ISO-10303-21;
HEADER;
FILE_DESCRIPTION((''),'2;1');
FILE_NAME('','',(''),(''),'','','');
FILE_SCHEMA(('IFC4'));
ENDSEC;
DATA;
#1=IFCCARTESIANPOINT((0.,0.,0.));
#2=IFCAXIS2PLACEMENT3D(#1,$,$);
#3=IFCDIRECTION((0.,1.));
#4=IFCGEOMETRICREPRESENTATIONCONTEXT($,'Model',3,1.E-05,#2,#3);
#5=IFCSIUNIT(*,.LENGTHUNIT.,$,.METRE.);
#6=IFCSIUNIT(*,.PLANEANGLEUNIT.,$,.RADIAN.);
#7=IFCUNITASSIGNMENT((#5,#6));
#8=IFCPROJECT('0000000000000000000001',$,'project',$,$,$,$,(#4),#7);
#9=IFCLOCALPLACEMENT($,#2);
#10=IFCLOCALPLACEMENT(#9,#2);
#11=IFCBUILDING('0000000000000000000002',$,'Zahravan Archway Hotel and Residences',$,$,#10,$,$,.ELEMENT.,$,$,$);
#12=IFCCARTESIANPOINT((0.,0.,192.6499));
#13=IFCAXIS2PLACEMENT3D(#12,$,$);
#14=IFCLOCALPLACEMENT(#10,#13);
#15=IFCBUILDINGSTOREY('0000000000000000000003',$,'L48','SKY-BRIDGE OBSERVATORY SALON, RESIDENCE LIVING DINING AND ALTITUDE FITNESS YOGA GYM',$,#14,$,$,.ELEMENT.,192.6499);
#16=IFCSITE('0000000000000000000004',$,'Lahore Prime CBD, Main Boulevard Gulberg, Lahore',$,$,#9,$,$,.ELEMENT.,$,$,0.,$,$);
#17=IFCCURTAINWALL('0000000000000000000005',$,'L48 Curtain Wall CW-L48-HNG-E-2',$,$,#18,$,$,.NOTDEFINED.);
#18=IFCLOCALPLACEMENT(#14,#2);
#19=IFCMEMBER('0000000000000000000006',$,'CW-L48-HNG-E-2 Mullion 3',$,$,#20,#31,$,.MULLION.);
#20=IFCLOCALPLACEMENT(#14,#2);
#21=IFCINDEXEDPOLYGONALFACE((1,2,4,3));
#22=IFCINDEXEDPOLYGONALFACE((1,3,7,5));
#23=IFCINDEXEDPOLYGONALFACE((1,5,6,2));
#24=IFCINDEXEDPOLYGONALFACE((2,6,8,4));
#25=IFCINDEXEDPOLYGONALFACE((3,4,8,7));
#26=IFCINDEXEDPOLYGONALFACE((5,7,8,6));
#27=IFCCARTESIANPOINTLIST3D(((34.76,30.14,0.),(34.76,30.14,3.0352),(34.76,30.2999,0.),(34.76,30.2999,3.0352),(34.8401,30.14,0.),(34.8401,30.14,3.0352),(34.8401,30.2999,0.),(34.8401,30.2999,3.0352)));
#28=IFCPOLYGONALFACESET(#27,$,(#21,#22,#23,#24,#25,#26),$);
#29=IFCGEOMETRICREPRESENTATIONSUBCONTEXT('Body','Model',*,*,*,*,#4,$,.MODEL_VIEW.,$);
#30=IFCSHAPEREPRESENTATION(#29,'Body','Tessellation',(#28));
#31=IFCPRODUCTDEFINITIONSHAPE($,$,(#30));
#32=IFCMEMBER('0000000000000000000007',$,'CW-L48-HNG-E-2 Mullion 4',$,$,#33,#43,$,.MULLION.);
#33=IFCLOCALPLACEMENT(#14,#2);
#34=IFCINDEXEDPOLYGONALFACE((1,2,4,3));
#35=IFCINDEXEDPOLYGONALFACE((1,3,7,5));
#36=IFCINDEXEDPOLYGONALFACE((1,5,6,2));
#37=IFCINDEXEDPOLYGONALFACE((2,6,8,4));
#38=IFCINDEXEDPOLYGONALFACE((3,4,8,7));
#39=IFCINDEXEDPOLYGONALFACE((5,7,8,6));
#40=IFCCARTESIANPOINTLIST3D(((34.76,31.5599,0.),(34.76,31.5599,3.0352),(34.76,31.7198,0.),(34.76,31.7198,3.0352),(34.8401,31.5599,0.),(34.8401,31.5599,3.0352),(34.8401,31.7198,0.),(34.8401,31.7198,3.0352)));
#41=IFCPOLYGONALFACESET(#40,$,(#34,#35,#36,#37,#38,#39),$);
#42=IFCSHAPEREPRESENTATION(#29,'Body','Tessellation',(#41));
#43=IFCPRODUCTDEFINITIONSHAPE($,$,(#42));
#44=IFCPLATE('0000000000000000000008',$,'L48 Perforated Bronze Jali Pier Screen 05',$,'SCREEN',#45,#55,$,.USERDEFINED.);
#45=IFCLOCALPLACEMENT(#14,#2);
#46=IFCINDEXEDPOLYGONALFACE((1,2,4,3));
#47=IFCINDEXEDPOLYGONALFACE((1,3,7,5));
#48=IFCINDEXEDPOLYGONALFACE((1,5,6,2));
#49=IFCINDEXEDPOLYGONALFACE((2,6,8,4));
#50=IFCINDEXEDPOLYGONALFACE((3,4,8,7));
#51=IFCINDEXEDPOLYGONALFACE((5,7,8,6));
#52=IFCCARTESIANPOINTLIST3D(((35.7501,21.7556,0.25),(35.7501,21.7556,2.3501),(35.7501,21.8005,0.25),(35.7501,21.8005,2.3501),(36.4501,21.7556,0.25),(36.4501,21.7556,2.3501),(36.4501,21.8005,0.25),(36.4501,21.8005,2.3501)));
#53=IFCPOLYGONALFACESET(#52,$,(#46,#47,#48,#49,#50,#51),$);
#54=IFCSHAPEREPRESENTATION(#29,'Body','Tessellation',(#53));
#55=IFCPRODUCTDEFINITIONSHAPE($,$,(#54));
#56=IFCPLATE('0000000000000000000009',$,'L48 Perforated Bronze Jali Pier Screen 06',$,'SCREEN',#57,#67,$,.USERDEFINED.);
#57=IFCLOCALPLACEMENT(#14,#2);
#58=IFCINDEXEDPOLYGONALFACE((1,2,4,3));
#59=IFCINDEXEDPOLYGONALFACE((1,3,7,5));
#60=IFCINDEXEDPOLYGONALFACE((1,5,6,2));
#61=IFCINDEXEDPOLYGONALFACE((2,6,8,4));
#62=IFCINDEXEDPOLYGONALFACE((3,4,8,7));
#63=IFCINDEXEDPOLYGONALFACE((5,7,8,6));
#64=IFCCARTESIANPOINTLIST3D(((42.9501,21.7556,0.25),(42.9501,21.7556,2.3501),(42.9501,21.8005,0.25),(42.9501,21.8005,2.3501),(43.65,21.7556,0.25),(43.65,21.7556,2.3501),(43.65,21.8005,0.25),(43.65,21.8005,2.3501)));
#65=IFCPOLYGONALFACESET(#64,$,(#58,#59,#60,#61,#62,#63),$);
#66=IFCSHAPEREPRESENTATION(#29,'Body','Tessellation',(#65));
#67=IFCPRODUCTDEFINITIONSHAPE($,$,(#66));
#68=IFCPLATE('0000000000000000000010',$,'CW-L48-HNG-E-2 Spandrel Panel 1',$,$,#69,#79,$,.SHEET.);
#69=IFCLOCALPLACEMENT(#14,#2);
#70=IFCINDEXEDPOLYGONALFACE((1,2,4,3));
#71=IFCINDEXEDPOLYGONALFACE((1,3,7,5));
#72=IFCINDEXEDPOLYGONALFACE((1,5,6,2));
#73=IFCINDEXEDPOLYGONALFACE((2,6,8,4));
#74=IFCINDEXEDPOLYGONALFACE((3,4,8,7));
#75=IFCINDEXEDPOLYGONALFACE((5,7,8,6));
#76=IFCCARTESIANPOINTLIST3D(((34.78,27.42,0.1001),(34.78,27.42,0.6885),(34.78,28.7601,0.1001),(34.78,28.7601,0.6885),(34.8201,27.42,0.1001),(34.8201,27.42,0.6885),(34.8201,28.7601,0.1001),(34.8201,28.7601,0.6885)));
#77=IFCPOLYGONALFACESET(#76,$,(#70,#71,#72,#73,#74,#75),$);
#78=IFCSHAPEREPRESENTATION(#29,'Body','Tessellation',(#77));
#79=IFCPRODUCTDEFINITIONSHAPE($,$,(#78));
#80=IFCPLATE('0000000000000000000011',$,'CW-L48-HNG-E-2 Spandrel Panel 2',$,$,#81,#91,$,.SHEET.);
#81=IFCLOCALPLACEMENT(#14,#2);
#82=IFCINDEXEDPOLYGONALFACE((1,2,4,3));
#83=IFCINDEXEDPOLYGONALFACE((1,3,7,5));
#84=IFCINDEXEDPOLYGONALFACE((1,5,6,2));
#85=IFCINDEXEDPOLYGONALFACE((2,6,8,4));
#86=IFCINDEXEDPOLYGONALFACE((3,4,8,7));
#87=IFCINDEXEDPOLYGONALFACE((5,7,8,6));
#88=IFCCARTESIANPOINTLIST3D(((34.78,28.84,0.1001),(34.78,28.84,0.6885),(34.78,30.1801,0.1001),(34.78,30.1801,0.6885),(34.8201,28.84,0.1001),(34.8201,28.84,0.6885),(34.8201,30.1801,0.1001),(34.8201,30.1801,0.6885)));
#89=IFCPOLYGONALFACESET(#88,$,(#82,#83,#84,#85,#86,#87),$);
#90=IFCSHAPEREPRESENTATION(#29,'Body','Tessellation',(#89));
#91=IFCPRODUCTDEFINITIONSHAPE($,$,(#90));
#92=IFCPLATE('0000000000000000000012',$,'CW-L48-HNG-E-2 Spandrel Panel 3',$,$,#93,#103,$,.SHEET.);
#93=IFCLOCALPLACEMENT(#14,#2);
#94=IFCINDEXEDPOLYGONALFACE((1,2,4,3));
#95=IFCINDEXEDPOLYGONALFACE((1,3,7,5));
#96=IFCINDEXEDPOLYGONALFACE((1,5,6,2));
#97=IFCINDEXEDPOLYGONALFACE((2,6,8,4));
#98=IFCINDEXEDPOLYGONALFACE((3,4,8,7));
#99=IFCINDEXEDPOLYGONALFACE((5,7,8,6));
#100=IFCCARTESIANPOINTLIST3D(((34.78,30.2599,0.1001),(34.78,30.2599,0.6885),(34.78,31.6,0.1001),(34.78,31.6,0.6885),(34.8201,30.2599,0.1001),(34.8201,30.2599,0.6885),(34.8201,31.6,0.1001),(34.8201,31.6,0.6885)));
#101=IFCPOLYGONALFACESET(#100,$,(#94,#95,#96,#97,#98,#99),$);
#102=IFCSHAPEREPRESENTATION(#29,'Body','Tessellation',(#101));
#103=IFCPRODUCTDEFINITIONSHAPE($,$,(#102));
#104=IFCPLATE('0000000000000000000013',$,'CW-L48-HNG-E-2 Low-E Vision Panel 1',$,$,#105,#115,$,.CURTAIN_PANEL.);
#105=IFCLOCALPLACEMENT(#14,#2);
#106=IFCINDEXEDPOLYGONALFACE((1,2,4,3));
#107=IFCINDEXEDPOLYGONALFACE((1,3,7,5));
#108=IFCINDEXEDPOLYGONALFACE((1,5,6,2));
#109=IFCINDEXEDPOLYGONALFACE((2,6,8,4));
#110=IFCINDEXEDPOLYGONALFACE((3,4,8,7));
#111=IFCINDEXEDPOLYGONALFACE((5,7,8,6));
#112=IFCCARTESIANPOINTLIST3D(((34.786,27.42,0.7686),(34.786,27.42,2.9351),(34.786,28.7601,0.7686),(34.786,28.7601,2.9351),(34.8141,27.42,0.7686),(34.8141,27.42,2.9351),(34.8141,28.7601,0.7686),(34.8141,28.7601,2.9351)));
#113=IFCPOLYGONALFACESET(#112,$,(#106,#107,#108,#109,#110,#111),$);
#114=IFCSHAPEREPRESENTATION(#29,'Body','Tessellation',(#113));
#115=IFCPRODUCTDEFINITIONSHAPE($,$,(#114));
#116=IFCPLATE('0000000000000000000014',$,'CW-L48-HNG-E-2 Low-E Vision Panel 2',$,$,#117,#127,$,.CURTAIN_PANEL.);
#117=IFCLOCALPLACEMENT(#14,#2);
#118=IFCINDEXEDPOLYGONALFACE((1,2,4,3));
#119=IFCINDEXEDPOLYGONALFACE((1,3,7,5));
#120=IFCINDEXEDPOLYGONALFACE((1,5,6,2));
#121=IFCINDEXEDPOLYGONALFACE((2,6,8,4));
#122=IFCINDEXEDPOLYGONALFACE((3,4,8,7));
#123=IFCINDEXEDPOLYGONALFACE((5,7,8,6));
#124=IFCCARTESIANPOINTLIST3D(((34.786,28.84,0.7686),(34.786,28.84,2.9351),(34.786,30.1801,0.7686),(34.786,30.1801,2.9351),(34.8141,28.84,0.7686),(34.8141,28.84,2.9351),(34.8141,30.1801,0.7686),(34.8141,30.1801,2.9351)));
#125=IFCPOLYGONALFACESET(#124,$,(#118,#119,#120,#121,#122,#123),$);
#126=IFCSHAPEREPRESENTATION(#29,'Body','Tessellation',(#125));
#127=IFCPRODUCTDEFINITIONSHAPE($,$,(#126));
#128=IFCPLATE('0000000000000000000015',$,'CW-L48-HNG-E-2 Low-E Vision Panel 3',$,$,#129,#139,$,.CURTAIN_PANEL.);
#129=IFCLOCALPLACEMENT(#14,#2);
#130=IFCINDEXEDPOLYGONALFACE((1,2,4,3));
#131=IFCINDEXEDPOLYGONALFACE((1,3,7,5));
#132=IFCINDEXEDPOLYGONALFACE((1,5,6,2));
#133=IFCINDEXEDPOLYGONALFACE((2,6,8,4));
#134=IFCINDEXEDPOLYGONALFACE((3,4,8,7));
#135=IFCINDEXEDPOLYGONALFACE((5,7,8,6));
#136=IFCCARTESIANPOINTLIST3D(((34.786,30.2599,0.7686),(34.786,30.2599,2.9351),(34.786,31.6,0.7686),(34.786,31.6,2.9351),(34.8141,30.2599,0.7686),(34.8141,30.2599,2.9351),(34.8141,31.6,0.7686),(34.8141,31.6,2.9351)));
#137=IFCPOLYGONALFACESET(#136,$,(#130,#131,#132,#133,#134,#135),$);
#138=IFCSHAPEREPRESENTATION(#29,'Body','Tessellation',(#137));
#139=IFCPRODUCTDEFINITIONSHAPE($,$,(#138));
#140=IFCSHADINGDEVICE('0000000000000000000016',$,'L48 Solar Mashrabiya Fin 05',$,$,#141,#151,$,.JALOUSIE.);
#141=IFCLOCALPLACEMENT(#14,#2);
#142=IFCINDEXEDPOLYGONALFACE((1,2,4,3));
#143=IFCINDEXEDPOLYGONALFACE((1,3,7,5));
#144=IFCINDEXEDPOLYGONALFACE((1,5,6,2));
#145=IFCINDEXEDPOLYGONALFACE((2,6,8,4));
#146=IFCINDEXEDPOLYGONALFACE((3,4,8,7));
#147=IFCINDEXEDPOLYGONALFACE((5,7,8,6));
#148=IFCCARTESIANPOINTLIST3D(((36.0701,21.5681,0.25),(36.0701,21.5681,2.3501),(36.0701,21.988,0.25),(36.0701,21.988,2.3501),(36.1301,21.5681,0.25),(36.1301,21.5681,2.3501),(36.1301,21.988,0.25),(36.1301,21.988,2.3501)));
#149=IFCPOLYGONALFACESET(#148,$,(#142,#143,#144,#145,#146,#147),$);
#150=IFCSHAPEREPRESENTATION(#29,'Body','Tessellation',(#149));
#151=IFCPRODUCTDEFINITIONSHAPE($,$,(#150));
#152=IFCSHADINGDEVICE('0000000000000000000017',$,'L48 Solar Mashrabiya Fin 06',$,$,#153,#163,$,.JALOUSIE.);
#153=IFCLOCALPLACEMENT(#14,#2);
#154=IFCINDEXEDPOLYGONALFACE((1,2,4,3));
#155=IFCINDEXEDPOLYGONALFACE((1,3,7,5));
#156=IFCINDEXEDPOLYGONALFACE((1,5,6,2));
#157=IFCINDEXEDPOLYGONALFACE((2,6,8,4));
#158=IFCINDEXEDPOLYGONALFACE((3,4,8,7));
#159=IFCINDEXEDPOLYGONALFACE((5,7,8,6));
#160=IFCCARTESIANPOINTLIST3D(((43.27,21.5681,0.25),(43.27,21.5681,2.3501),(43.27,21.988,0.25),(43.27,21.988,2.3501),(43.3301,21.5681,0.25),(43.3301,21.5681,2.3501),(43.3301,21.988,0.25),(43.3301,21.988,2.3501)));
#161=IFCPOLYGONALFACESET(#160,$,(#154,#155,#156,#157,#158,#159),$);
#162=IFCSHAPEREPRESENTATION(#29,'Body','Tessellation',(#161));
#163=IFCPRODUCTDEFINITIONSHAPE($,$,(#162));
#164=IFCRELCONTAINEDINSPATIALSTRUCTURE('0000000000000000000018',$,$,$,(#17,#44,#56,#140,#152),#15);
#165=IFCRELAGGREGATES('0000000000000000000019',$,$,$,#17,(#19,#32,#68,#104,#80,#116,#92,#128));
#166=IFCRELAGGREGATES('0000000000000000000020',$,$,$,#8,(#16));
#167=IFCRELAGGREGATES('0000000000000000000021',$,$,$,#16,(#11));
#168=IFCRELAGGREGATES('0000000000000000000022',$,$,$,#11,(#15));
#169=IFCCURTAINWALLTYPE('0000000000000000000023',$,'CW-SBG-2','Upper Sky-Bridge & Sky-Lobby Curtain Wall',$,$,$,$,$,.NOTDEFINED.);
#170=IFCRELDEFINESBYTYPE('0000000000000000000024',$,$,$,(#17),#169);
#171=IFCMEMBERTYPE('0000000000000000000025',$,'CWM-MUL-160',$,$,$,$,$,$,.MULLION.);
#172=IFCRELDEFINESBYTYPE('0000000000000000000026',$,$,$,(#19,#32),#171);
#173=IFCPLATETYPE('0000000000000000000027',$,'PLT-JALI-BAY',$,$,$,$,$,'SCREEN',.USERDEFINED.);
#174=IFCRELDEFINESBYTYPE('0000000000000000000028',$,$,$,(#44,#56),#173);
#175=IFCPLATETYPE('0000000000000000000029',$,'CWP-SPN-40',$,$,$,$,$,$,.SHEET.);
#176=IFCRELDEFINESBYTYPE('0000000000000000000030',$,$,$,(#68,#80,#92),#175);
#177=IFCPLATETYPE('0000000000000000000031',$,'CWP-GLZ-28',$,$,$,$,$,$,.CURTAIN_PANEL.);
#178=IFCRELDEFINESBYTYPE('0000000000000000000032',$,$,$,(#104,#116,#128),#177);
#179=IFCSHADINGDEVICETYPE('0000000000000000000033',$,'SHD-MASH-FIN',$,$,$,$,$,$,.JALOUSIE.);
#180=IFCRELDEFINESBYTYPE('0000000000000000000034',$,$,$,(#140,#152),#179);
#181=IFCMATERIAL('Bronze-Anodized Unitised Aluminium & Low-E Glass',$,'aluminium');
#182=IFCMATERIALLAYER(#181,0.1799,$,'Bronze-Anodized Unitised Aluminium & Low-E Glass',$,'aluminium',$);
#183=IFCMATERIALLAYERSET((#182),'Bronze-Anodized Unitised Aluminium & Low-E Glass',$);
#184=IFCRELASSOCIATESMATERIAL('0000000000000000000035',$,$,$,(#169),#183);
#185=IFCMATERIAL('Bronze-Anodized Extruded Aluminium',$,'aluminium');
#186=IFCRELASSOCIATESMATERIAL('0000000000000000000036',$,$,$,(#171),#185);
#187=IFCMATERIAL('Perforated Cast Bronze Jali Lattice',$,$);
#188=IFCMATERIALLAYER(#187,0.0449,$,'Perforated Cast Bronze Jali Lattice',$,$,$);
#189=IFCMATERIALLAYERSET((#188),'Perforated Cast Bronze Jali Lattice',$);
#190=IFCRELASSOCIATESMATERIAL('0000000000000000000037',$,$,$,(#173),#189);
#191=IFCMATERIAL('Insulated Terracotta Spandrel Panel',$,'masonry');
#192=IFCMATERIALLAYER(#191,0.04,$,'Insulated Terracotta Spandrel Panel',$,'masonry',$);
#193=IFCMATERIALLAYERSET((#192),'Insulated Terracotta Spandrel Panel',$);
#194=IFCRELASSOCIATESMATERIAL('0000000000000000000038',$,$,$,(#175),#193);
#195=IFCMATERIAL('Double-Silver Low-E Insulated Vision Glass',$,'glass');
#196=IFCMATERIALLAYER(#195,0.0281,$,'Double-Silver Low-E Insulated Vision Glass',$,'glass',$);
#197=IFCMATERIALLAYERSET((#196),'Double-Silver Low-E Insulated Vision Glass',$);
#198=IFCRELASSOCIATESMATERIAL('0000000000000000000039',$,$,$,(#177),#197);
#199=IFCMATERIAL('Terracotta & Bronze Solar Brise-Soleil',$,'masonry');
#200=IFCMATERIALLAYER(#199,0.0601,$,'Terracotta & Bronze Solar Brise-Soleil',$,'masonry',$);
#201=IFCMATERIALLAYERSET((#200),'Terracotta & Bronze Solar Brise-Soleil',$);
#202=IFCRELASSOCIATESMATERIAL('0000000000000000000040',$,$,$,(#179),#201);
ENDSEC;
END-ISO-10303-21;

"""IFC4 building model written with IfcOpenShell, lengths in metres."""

from ifc_helpers import new_model, si_unit, direction, frame, origin, origin_2d, place, context, subcontext, project, spatial, rectangle, extrude, source, transform, mapped, material, layer, layer_set, material_profile, profile_set, type_object, type_shapes, element, aggregate, save


model = new_model("IFC4")

# Units and contexts
model_context = context("Model", 3, precision=1e-05, world=origin(), true_north=direction((0.0, 1.0)))
body_context = subcontext(model_context, "Body", "Model", "MODEL_VIEW")
ifc_project = project(units=[si_unit("LENGTHUNIT", "METRE"), si_unit("PLANEANGLEUNIT", "RADIAN")], contexts=[model_context])

# Site, building, storey
site_placement = place(None, origin())
site = spatial("IfcSite", under=ifc_project, at=site_placement, Name="Lahore Prime CBD, Main Boulevard Gulberg, Lahore", CompositionType="ELEMENT", RefElevation=0.0)
building_placement = place(site_placement, origin())
building = spatial("IfcBuilding", under=site, at=building_placement, Name="Zahravan Archway Hotel and Residences", CompositionType="ELEMENT")
storey_placement = place(building_placement, frame((0.0, 0.0, 192.6499)))
storey = spatial("IfcBuildingStorey", under=building, at=storey_placement, Name="L48", Description="SKY-BRIDGE OBSERVATORY SALON, RESIDENCE LIVING DINING AND ALTITUDE FITNESS YOGA GYM", CompositionType="ELEMENT", Elevation=192.6499)

# Curtain wall, members
ifc_material_1 = material(Name="Bronze-Anodized Unitised Aluminium & Low-E Glass", Category="aluminium")
ifc_layer_1 = layer(ifc_material_1, 0.1799, Name="Bronze-Anodized Unitised Aluminium & Low-E Glass", Category="aluminium")
ifc_layer_set_1 = layer_set([ifc_layer_1], Name="Bronze-Anodized Unitised Aluminium & Low-E Glass")
curtain_wall_type = type_object("IfcCurtainWallType", Name="CW-SBG-2", Description="Upper Sky-Bridge & Sky-Lobby Curtain Wall", PredefinedType="NOTDEFINED", material=ifc_layer_set_1)
curtain_wall_placement = place(storey_placement, origin())
curtain_wall = element("IfcCurtainWall", 1, at=curtain_wall_placement, inside=storey, type_object=curtain_wall_type, Name="L48 Curtain Wall CW-L48-HNG-E-2", PredefinedType="NOTDEFINED")
ifc_material_2 = material(Name="Bronze-Anodized Extruded Aluminium", Category="aluminium")
ifc_material_profile_1 = material_profile(ifc_material_2, rectangle(XDim=0.0801, YDim=0.1599, at=origin_2d()), Name="MUL 80x160", Category="aluminium")
ifc_profile_set_1 = profile_set([ifc_material_profile_1], Name="Bronze-Anodized Extruded Aluminium")
member_type_1 = type_object("IfcMemberType", Name="CWM-MUL-160", PredefinedType="MULLION", material=ifc_profile_set_1)
shared_shape_1 = source(origin(), body_context, "Body", "SweptSolid", [
    extrude(rectangle(XDim=0.0801, YDim=0.1599, at=origin_2d()), origin(), (0.0, 0.0, 1.0), 3.0352),
])
member_1_placement = place(storey_placement, frame((34.8, 30.22, 0.0), z_axis=(0.0, 0.0, 1.0), x_axis=(1.0, 0.0, 0.0)))
member_1 = element("IfcMember", 2, at=member_1_placement, type_object=member_type_1, Name="CW-L48-HNG-E-2 Mullion 3", PredefinedType="MULLION", context=body_context, shape_type="MappedRepresentation", body=[
    mapped(shared_shape_1, transform((0.0, 0.0, 0.0), scale=1.0)),
])
member_2_placement = place(storey_placement, frame((34.8, 31.6399, 0.0), z_axis=(0.0, 0.0, 1.0), x_axis=(1.0, 0.0, 0.0)))
member_2 = element("IfcMember", 3, at=member_2_placement, type_object=member_type_1, Name="CW-L48-HNG-E-2 Mullion 4", PredefinedType="MULLION", context=body_context, shape_type="MappedRepresentation", body=[
    mapped(shared_shape_1, transform((0.0, 0.0, 0.0), scale=1.0)),
])

# Plates
ifc_material_3 = material(Name="Perforated Cast Bronze Jali Lattice")
ifc_layer_2 = layer(ifc_material_3, 0.0449, Name="Perforated Cast Bronze Jali Lattice")
ifc_layer_set_2 = layer_set([ifc_layer_2], Name="Perforated Cast Bronze Jali Lattice")
plate_type_1 = type_object("IfcPlateType", Name="PLT-JALI-BAY", ElementType="SCREEN", PredefinedType="USERDEFINED", material=ifc_layer_set_2)
shared_shape_2 = source(origin(), body_context, "Body", "SweptSolid", [
    extrude(rectangle(XDim=0.7, YDim=0.0449, at=origin_2d()), origin(), (0.0, 0.0, 1.0), 2.1001),
])
type_shapes(plate_type_1, [shared_shape_2])
for number, where, z_axis, x_axis, name in (
    (4, (36.1001, 21.7781, 0.25), (0.0, 0.0, 1.0), (1.0, 0.0, 0.0), "L48 Perforated Bronze Jali Pier Screen 05"),
    (5, (43.3, 21.7781, 0.25), (0.0, 0.0, 1.0), (1.0, 0.0, 0.0), "L48 Perforated Bronze Jali Pier Screen 06"),
):
    element("IfcPlate", number, at=place(storey_placement, frame(where, z_axis=z_axis, x_axis=x_axis)), inside=storey, type_object=plate_type_1, Name=name, ObjectType="SCREEN", PredefinedType="USERDEFINED", context=body_context, shape_type="MappedRepresentation", body=[
        mapped(shared_shape_2, transform((0.0, 0.0, 0.0), scale=1.0)),
    ])

# Plates
ifc_material_4 = material(Name="Insulated Terracotta Spandrel Panel", Category="masonry")
ifc_layer_3 = layer(ifc_material_4, 0.04, Name="Insulated Terracotta Spandrel Panel", Category="masonry")
ifc_layer_set_3 = layer_set([ifc_layer_3], Name="Insulated Terracotta Spandrel Panel")
plate_type_2 = type_object("IfcPlateType", Name="CWP-SPN-40", PredefinedType="SHEET", material=ifc_layer_set_3)
shared_shape_3 = source(origin(), body_context, "Body", "SweptSolid", [
    extrude(rectangle(XDim=1.3401, YDim=0.04, at=origin_2d()), origin(), (0.0, 0.0, 1.0), 0.5884),
])
plate_1_placement = place(storey_placement, frame((34.8, 28.0901, 0.1001), z_axis=(0.0, 0.0, 1.0), x_axis=(0.0, 1.0, 0.0)))
plate_1 = element("IfcPlate", 6, at=plate_1_placement, type_object=plate_type_2, Name="CW-L48-HNG-E-2 Spandrel Panel 1", PredefinedType="SHEET", context=body_context, shape_type="MappedRepresentation", body=[
    mapped(shared_shape_3, transform((0.0, 0.0, 0.0), scale=1.0)),
])
plate_2_placement = place(storey_placement, frame((34.8, 29.51, 0.1001), z_axis=(0.0, 0.0, 1.0), x_axis=(0.0, 1.0, 0.0)))
plate_2 = element("IfcPlate", 7, at=plate_2_placement, type_object=plate_type_2, Name="CW-L48-HNG-E-2 Spandrel Panel 2", PredefinedType="SHEET", context=body_context, shape_type="MappedRepresentation", body=[
    mapped(shared_shape_3, transform((0.0, 0.0, 0.0), scale=1.0)),
])
plate_3_placement = place(storey_placement, frame((34.8, 30.9299, 0.1001), z_axis=(0.0, 0.0, 1.0), x_axis=(0.0, 1.0, 0.0)))
plate_3 = element("IfcPlate", 8, at=plate_3_placement, type_object=plate_type_2, Name="CW-L48-HNG-E-2 Spandrel Panel 3", PredefinedType="SHEET", context=body_context, shape_type="MappedRepresentation", body=[
    mapped(shared_shape_3, transform((0.0, 0.0, 0.0), scale=1.0)),
])
ifc_material_5 = material(Name="Double-Silver Low-E Insulated Vision Glass", Category="glass")
ifc_layer_4 = layer(ifc_material_5, 0.0281, Name="Double-Silver Low-E Insulated Vision Glass", Category="glass")
ifc_layer_set_4 = layer_set([ifc_layer_4], Name="Double-Silver Low-E Insulated Vision Glass")
plate_type_3 = type_object("IfcPlateType", Name="CWP-GLZ-28", PredefinedType="CURTAIN_PANEL", material=ifc_layer_set_4)
shared_shape_4 = source(origin(), body_context, "Body", "SweptSolid", [
    extrude(rectangle(XDim=1.3401, YDim=0.0281, at=origin_2d()), origin(), (0.0, 0.0, 1.0), 2.1665),
])
plate_4_placement = place(storey_placement, frame((34.8, 28.0901, 0.7686), z_axis=(0.0, 0.0, 1.0), x_axis=(0.0, 1.0, 0.0)))
plate_4 = element("IfcPlate", 9, at=plate_4_placement, type_object=plate_type_3, Name="CW-L48-HNG-E-2 Low-E Vision Panel 1", PredefinedType="CURTAIN_PANEL", context=body_context, shape_type="MappedRepresentation", body=[
    mapped(shared_shape_4, transform((0.0, 0.0, 0.0), scale=1.0)),
])
plate_5_placement = place(storey_placement, frame((34.8, 29.51, 0.7686), z_axis=(0.0, 0.0, 1.0), x_axis=(0.0, 1.0, 0.0)))
plate_5 = element("IfcPlate", 10, at=plate_5_placement, type_object=plate_type_3, Name="CW-L48-HNG-E-2 Low-E Vision Panel 2", PredefinedType="CURTAIN_PANEL", context=body_context, shape_type="MappedRepresentation", body=[
    mapped(shared_shape_4, transform((0.0, 0.0, 0.0), scale=1.0)),
])
plate_6_placement = place(storey_placement, frame((34.8, 30.9299, 0.7686), z_axis=(0.0, 0.0, 1.0), x_axis=(0.0, 1.0, 0.0)))
plate_6 = element("IfcPlate", 11, at=plate_6_placement, type_object=plate_type_3, Name="CW-L48-HNG-E-2 Low-E Vision Panel 3", PredefinedType="CURTAIN_PANEL", context=body_context, shape_type="MappedRepresentation", body=[
    mapped(shared_shape_4, transform((0.0, 0.0, 0.0), scale=1.0)),
])
aggregate(curtain_wall, [member_1, member_2, plate_1, plate_4, plate_2, plate_5, plate_3, plate_6])

# Shading devices
ifc_material_6 = material(Name="Terracotta & Bronze Solar Brise-Soleil", Category="masonry")
ifc_layer_5 = layer(ifc_material_6, 0.0601, Name="Terracotta & Bronze Solar Brise-Soleil", Category="masonry")
ifc_layer_set_5 = layer_set([ifc_layer_5], Name="Terracotta & Bronze Solar Brise-Soleil")
shading_device_type = type_object("IfcShadingDeviceType", Name="SHD-MASH-FIN", PredefinedType="JALOUSIE", material=ifc_layer_set_5)
shared_shape_5 = source(origin(), body_context, "Body", "SweptSolid", [
    extrude(rectangle(XDim=0.0601, YDim=0.4199, at=origin_2d()), origin(), (0.0, 0.0, 1.0), 2.1001),
])
type_shapes(shading_device_type, [shared_shape_5])
for number, where, z_axis, x_axis, name in (
    (12, (36.1001, 21.7781, 0.25), (0.0, 0.0, 1.0), (1.0, 0.0, 0.0), "L48 Solar Mashrabiya Fin 05"),
    (13, (43.3, 21.7781, 0.25), (0.0, 0.0, 1.0), (1.0, 0.0, 0.0), "L48 Solar Mashrabiya Fin 06"),
):
    element("IfcShadingDevice", number, at=place(storey_placement, frame(where, z_axis=z_axis, x_axis=x_axis)), inside=storey, type_object=shading_device_type, Name=name, PredefinedType="JALOUSIE", context=body_context, shape_type="MappedRepresentation", body=[
        mapped(shared_shape_5, transform((0.0, 0.0, 0.0), scale=1.0)),
    ])

save(model, "model.ifc")
